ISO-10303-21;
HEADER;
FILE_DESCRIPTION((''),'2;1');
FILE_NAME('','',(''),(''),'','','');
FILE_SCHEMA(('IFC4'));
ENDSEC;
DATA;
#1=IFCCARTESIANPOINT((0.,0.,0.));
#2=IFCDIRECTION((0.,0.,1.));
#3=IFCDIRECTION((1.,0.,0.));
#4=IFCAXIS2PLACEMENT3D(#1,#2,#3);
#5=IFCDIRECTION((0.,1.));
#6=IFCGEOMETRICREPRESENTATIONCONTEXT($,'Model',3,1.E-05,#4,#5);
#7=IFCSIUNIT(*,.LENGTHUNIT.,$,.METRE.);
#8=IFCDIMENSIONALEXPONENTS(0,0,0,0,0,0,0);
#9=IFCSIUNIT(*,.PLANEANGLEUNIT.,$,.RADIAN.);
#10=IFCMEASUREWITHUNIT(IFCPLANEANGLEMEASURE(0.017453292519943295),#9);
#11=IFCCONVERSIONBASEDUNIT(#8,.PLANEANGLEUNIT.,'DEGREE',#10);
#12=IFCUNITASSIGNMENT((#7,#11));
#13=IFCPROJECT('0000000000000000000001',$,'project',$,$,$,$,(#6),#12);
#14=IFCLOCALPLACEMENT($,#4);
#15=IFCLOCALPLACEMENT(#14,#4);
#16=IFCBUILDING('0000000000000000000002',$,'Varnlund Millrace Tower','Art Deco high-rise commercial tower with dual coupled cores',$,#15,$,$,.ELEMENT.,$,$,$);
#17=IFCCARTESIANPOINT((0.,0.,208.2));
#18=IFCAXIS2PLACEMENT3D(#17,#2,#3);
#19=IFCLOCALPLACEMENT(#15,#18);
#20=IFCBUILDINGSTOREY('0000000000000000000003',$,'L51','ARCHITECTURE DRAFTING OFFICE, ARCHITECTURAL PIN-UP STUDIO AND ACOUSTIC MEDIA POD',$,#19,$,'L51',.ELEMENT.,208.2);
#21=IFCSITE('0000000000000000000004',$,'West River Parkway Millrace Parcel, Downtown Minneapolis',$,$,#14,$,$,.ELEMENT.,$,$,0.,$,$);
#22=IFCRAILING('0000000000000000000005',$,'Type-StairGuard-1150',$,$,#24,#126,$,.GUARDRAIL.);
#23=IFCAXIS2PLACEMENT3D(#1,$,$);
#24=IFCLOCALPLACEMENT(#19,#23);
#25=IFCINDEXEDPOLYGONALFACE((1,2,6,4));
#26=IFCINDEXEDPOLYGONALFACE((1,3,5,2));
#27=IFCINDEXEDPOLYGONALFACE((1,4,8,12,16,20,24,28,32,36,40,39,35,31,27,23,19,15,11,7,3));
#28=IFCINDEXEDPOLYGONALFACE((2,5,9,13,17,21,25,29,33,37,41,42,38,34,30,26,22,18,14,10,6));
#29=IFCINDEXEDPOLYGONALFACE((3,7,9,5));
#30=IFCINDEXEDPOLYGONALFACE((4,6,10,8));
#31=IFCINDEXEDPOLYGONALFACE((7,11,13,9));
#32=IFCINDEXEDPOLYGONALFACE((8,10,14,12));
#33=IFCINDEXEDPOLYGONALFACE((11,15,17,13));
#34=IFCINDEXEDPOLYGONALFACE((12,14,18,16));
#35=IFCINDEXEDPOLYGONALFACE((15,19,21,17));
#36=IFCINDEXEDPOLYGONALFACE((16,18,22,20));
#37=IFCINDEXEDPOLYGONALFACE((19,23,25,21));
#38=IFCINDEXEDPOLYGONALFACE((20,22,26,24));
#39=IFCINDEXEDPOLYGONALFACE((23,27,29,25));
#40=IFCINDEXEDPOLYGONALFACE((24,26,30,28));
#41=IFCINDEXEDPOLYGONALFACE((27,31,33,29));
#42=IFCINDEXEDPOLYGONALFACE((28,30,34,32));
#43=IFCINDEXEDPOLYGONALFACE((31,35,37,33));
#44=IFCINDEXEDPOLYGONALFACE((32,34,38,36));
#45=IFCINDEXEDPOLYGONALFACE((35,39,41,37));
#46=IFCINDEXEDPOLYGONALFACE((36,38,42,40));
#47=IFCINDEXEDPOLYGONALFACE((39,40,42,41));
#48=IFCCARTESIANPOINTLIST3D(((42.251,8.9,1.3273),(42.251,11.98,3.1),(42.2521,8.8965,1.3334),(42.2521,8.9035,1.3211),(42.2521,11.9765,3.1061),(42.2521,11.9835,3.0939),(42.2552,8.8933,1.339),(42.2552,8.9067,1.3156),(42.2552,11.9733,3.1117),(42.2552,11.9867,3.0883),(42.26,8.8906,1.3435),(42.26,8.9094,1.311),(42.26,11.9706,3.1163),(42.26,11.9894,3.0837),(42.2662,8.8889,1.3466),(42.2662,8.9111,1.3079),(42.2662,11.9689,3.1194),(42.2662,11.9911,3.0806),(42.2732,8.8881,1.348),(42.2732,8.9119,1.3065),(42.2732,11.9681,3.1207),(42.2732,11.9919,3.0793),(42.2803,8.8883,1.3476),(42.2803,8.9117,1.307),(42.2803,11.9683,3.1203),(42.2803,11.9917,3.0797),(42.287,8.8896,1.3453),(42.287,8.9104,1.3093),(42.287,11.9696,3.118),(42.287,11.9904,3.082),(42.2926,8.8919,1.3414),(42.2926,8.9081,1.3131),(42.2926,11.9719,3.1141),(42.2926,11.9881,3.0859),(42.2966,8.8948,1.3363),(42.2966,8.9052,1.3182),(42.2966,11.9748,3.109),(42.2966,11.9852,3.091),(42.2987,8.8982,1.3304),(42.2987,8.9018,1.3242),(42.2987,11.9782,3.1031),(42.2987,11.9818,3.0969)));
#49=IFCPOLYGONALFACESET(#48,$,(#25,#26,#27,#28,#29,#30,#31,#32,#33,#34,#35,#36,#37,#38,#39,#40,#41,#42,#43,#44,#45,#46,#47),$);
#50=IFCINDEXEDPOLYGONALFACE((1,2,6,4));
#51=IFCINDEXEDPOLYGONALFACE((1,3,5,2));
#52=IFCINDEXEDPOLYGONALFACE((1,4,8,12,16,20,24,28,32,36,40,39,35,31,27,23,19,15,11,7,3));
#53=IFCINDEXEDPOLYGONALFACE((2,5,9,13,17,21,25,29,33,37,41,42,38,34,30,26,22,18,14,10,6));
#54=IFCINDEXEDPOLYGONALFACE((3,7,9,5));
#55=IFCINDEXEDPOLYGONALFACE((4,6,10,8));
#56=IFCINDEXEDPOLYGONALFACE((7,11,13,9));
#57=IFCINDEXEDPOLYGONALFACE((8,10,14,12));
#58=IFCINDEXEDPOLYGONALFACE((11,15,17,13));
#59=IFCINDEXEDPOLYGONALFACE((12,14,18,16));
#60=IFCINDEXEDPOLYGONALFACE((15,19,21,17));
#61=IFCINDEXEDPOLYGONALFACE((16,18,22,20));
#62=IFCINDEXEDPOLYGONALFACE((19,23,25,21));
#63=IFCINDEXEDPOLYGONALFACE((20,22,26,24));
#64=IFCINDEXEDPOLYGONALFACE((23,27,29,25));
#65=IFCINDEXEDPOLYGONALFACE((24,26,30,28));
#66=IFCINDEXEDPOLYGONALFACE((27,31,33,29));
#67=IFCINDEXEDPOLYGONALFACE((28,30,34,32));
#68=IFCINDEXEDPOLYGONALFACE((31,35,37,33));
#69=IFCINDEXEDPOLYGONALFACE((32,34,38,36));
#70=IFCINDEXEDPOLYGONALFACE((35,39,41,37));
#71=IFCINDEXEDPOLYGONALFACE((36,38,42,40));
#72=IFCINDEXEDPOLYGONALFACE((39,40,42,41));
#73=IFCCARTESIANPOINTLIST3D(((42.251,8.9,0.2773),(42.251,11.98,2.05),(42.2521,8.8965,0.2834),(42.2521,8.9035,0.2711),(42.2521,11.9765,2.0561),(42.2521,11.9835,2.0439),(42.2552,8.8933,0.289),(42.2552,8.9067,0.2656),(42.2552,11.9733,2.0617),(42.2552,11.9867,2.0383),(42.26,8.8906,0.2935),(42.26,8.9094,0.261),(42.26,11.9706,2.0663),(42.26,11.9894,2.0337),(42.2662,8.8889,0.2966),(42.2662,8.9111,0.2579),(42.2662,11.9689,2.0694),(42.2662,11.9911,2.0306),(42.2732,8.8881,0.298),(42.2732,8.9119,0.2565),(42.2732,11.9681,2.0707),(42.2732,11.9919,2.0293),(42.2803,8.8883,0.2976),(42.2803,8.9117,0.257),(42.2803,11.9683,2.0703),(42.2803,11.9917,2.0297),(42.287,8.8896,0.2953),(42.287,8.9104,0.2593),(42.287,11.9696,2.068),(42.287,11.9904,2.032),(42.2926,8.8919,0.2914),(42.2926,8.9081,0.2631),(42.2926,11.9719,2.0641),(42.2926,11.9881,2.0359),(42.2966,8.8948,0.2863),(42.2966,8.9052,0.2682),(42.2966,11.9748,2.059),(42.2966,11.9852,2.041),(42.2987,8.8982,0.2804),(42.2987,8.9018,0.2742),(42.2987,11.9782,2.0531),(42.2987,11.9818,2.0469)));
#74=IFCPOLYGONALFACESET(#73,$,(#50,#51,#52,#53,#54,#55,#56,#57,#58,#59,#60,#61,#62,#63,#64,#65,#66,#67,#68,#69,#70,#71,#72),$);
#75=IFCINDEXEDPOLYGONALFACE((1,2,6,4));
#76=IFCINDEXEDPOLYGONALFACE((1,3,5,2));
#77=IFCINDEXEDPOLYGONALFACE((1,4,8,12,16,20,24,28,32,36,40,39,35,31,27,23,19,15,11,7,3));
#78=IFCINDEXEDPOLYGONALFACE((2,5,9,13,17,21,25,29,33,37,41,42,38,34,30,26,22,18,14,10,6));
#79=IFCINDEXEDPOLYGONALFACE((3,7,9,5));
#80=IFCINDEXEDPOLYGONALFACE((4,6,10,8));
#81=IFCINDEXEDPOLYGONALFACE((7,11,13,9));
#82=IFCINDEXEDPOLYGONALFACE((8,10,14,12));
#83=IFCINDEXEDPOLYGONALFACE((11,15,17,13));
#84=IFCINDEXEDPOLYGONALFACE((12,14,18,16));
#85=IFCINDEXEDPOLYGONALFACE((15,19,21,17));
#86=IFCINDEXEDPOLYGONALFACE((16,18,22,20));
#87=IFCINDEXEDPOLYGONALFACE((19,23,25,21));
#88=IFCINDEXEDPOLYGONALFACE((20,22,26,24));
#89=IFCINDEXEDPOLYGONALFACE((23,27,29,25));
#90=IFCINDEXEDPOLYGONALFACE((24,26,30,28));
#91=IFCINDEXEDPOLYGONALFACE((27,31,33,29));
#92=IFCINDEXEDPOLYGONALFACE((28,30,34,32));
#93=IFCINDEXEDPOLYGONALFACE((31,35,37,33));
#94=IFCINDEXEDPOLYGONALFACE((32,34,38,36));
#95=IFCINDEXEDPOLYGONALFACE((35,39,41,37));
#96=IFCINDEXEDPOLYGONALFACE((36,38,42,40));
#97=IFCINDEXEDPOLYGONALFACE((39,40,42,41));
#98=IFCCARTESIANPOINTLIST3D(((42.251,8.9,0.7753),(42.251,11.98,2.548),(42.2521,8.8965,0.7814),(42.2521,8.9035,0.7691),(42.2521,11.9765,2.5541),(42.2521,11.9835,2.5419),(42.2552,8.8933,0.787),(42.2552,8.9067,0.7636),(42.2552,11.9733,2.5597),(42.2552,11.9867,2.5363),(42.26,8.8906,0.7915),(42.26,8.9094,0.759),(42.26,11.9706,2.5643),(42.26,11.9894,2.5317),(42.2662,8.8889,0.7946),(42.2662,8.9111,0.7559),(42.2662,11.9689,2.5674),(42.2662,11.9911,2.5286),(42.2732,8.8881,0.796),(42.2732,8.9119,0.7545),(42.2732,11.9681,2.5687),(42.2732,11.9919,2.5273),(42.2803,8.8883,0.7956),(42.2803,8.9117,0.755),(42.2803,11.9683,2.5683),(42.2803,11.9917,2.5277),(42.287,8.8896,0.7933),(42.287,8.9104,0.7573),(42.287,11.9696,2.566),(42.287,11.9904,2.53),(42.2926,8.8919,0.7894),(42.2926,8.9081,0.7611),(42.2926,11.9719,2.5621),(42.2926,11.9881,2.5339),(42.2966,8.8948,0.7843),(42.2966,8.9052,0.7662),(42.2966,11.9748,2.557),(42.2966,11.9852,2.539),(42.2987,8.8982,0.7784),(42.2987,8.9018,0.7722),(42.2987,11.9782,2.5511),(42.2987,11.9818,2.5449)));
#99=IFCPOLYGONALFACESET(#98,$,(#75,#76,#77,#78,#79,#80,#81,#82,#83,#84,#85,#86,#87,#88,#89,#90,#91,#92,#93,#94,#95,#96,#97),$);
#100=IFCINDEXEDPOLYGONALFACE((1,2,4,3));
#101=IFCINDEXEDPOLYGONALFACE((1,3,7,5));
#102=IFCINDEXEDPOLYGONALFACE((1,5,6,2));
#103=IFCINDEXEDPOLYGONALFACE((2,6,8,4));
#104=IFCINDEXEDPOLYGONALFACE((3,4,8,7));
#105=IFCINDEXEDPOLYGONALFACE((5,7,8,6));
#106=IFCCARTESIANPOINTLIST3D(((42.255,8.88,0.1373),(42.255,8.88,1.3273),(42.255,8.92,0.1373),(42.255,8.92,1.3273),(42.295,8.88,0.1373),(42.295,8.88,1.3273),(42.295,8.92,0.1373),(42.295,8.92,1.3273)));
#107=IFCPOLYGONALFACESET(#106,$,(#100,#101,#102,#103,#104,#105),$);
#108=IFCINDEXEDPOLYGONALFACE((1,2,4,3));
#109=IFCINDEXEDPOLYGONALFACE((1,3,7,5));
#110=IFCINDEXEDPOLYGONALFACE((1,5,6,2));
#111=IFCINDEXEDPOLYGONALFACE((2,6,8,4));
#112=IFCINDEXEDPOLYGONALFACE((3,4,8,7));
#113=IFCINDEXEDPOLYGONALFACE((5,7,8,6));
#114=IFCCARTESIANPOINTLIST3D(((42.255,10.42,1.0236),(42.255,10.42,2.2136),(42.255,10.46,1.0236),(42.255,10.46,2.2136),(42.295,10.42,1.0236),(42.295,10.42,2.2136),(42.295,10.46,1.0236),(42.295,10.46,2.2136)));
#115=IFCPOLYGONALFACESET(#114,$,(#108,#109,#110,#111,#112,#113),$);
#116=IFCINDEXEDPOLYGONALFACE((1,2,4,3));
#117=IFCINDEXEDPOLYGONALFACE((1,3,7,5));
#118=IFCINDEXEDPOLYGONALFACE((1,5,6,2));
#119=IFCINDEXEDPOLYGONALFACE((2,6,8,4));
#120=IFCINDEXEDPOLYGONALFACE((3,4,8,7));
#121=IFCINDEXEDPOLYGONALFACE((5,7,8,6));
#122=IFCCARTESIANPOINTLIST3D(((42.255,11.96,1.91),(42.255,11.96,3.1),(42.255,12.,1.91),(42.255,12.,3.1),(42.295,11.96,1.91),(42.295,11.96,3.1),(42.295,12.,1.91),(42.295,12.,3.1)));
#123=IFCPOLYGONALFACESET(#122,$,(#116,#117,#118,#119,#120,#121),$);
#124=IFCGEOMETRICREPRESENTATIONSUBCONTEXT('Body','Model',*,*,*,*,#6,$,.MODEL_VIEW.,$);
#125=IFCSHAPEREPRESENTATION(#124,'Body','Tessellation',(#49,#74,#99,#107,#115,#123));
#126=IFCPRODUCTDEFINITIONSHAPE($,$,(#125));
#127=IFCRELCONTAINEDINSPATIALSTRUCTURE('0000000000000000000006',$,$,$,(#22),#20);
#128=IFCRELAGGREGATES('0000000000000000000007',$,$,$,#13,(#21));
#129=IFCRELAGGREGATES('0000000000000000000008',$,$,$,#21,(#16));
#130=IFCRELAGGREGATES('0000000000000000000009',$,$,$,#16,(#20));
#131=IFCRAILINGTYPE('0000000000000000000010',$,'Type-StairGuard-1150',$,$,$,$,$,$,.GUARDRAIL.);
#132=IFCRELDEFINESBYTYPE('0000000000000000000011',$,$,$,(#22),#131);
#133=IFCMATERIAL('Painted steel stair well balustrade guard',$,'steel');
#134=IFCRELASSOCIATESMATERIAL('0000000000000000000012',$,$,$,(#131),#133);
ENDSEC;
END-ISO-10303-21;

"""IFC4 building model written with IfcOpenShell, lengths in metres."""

from ifc_helpers import new_model, entity, si_unit, converted_unit, direction, frame, origin_with_axes, origin_2d_with_axis, place, context, subcontext, project, spatial, rectangle, circle, extrude, material, type_object, element, save


model = new_model("IFC4")

# Units and contexts
model_context = context("Model", 3, precision=1e-05, world=origin_with_axes(), true_north=direction((0.0, 1.0)))
body_context = subcontext(model_context, "Body", "Model", "MODEL_VIEW")
ifc_project = project(units=[si_unit("LENGTHUNIT", "METRE"), converted_unit("PLANEANGLEUNIT", "DEGREE", entity("IfcPlaneAngleMeasure", 0.017453292519943295), si_unit("PLANEANGLEUNIT", "RADIAN"), dimensions=[0, 0, 0, 0, 0, 0, 0])], contexts=[model_context])

# Site, building, storey
site_placement = place(None, origin_with_axes())
site = spatial("IfcSite", under=ifc_project, at=site_placement, Name="West River Parkway Millrace Parcel, Downtown Minneapolis", CompositionType="ELEMENT", RefElevation=0.0)
building_placement = place(site_placement, origin_with_axes())
building = spatial("IfcBuilding", under=site, at=building_placement, Name="Varnlund Millrace Tower", Description="Art Deco high-rise commercial tower with dual coupled cores", CompositionType="ELEMENT")
storey_placement = place(building_placement, frame((0.0, 0.0, 208.2), z_axis=(0.0, 0.0, 1.0), x_axis=(1.0, 0.0, 0.0)))
storey = spatial("IfcBuildingStorey", under=building, at=storey_placement, Name="L51", Description="ARCHITECTURE DRAFTING OFFICE, ARCHITECTURAL PIN-UP STUDIO AND ACOUSTIC MEDIA POD", LongName="L51", CompositionType="ELEMENT", Elevation=208.2)

# Railing
ifc_material_1 = material(Name="Painted steel stair well balustrade guard", Category="steel")
railing_type_1 = type_object("IfcRailingType", Name="Type-StairGuard-1150", PredefinedType="GUARDRAIL", material=ifc_material_1)
railing_1_placement = place(storey_placement, frame((0.0, 0.0, -208.2), z_axis=(0.0, 0.0, 1.0), x_axis=(1.0, 0.0, 0.0)))
element("IfcRailing", 1, at=railing_1_placement, inside=storey, type_object=railing_type_1, Name="Type-StairGuard-1150", PredefinedType="GUARDRAIL", context=body_context, shape_type="SweptSolid", body=[
    extrude(circle(Radius=0.024, at=origin_2d_with_axis()), frame((42.275, 8.9, 209.5273), z_axis=(0.0, 0.866696, 0.498836), x_axis=(-1.0, 0.0, 0.0)), (0.0, 0.0, 1.0), 3.5537),
    extrude(circle(Radius=0.024, at=origin_2d_with_axis()), frame((42.275, 8.9, 208.4773), z_axis=(0.0, 0.866696, 0.498836), x_axis=(-1.0, 0.0, 0.0)), (0.0, 0.0, 1.0), 3.5537),
    extrude(circle(Radius=0.024, at=origin_2d_with_axis()), frame((42.275, 8.9, 208.9753), z_axis=(0.0, 0.866696, 0.498836), x_axis=(-1.0, 0.0, 0.0)), (0.0, 0.0, 1.0), 3.5537),
    extrude(rectangle(XDim=0.04, YDim=0.04, at=origin_2d_with_axis()), frame((42.275, 8.9, 208.3373), z_axis=(0.0, 0.0, 1.0), x_axis=(1.0, 0.0, 0.0)), (0.0, 0.0, 1.0), 1.19),
    extrude(rectangle(XDim=0.04, YDim=0.04, at=origin_2d_with_axis()), frame((42.275, 10.44, 209.2236), z_axis=(0.0, 0.0, 1.0), x_axis=(1.0, 0.0, 0.0)), (0.0, 0.0, 1.0), 1.19),
    extrude(rectangle(XDim=0.04, YDim=0.04, at=origin_2d_with_axis()), frame((42.275, 11.98, 210.11), z_axis=(0.0, 0.0, 1.0), x_axis=(1.0, 0.0, 0.0)), (0.0, 0.0, 1.0), 1.19),
])

save(model, "model.ifc")
